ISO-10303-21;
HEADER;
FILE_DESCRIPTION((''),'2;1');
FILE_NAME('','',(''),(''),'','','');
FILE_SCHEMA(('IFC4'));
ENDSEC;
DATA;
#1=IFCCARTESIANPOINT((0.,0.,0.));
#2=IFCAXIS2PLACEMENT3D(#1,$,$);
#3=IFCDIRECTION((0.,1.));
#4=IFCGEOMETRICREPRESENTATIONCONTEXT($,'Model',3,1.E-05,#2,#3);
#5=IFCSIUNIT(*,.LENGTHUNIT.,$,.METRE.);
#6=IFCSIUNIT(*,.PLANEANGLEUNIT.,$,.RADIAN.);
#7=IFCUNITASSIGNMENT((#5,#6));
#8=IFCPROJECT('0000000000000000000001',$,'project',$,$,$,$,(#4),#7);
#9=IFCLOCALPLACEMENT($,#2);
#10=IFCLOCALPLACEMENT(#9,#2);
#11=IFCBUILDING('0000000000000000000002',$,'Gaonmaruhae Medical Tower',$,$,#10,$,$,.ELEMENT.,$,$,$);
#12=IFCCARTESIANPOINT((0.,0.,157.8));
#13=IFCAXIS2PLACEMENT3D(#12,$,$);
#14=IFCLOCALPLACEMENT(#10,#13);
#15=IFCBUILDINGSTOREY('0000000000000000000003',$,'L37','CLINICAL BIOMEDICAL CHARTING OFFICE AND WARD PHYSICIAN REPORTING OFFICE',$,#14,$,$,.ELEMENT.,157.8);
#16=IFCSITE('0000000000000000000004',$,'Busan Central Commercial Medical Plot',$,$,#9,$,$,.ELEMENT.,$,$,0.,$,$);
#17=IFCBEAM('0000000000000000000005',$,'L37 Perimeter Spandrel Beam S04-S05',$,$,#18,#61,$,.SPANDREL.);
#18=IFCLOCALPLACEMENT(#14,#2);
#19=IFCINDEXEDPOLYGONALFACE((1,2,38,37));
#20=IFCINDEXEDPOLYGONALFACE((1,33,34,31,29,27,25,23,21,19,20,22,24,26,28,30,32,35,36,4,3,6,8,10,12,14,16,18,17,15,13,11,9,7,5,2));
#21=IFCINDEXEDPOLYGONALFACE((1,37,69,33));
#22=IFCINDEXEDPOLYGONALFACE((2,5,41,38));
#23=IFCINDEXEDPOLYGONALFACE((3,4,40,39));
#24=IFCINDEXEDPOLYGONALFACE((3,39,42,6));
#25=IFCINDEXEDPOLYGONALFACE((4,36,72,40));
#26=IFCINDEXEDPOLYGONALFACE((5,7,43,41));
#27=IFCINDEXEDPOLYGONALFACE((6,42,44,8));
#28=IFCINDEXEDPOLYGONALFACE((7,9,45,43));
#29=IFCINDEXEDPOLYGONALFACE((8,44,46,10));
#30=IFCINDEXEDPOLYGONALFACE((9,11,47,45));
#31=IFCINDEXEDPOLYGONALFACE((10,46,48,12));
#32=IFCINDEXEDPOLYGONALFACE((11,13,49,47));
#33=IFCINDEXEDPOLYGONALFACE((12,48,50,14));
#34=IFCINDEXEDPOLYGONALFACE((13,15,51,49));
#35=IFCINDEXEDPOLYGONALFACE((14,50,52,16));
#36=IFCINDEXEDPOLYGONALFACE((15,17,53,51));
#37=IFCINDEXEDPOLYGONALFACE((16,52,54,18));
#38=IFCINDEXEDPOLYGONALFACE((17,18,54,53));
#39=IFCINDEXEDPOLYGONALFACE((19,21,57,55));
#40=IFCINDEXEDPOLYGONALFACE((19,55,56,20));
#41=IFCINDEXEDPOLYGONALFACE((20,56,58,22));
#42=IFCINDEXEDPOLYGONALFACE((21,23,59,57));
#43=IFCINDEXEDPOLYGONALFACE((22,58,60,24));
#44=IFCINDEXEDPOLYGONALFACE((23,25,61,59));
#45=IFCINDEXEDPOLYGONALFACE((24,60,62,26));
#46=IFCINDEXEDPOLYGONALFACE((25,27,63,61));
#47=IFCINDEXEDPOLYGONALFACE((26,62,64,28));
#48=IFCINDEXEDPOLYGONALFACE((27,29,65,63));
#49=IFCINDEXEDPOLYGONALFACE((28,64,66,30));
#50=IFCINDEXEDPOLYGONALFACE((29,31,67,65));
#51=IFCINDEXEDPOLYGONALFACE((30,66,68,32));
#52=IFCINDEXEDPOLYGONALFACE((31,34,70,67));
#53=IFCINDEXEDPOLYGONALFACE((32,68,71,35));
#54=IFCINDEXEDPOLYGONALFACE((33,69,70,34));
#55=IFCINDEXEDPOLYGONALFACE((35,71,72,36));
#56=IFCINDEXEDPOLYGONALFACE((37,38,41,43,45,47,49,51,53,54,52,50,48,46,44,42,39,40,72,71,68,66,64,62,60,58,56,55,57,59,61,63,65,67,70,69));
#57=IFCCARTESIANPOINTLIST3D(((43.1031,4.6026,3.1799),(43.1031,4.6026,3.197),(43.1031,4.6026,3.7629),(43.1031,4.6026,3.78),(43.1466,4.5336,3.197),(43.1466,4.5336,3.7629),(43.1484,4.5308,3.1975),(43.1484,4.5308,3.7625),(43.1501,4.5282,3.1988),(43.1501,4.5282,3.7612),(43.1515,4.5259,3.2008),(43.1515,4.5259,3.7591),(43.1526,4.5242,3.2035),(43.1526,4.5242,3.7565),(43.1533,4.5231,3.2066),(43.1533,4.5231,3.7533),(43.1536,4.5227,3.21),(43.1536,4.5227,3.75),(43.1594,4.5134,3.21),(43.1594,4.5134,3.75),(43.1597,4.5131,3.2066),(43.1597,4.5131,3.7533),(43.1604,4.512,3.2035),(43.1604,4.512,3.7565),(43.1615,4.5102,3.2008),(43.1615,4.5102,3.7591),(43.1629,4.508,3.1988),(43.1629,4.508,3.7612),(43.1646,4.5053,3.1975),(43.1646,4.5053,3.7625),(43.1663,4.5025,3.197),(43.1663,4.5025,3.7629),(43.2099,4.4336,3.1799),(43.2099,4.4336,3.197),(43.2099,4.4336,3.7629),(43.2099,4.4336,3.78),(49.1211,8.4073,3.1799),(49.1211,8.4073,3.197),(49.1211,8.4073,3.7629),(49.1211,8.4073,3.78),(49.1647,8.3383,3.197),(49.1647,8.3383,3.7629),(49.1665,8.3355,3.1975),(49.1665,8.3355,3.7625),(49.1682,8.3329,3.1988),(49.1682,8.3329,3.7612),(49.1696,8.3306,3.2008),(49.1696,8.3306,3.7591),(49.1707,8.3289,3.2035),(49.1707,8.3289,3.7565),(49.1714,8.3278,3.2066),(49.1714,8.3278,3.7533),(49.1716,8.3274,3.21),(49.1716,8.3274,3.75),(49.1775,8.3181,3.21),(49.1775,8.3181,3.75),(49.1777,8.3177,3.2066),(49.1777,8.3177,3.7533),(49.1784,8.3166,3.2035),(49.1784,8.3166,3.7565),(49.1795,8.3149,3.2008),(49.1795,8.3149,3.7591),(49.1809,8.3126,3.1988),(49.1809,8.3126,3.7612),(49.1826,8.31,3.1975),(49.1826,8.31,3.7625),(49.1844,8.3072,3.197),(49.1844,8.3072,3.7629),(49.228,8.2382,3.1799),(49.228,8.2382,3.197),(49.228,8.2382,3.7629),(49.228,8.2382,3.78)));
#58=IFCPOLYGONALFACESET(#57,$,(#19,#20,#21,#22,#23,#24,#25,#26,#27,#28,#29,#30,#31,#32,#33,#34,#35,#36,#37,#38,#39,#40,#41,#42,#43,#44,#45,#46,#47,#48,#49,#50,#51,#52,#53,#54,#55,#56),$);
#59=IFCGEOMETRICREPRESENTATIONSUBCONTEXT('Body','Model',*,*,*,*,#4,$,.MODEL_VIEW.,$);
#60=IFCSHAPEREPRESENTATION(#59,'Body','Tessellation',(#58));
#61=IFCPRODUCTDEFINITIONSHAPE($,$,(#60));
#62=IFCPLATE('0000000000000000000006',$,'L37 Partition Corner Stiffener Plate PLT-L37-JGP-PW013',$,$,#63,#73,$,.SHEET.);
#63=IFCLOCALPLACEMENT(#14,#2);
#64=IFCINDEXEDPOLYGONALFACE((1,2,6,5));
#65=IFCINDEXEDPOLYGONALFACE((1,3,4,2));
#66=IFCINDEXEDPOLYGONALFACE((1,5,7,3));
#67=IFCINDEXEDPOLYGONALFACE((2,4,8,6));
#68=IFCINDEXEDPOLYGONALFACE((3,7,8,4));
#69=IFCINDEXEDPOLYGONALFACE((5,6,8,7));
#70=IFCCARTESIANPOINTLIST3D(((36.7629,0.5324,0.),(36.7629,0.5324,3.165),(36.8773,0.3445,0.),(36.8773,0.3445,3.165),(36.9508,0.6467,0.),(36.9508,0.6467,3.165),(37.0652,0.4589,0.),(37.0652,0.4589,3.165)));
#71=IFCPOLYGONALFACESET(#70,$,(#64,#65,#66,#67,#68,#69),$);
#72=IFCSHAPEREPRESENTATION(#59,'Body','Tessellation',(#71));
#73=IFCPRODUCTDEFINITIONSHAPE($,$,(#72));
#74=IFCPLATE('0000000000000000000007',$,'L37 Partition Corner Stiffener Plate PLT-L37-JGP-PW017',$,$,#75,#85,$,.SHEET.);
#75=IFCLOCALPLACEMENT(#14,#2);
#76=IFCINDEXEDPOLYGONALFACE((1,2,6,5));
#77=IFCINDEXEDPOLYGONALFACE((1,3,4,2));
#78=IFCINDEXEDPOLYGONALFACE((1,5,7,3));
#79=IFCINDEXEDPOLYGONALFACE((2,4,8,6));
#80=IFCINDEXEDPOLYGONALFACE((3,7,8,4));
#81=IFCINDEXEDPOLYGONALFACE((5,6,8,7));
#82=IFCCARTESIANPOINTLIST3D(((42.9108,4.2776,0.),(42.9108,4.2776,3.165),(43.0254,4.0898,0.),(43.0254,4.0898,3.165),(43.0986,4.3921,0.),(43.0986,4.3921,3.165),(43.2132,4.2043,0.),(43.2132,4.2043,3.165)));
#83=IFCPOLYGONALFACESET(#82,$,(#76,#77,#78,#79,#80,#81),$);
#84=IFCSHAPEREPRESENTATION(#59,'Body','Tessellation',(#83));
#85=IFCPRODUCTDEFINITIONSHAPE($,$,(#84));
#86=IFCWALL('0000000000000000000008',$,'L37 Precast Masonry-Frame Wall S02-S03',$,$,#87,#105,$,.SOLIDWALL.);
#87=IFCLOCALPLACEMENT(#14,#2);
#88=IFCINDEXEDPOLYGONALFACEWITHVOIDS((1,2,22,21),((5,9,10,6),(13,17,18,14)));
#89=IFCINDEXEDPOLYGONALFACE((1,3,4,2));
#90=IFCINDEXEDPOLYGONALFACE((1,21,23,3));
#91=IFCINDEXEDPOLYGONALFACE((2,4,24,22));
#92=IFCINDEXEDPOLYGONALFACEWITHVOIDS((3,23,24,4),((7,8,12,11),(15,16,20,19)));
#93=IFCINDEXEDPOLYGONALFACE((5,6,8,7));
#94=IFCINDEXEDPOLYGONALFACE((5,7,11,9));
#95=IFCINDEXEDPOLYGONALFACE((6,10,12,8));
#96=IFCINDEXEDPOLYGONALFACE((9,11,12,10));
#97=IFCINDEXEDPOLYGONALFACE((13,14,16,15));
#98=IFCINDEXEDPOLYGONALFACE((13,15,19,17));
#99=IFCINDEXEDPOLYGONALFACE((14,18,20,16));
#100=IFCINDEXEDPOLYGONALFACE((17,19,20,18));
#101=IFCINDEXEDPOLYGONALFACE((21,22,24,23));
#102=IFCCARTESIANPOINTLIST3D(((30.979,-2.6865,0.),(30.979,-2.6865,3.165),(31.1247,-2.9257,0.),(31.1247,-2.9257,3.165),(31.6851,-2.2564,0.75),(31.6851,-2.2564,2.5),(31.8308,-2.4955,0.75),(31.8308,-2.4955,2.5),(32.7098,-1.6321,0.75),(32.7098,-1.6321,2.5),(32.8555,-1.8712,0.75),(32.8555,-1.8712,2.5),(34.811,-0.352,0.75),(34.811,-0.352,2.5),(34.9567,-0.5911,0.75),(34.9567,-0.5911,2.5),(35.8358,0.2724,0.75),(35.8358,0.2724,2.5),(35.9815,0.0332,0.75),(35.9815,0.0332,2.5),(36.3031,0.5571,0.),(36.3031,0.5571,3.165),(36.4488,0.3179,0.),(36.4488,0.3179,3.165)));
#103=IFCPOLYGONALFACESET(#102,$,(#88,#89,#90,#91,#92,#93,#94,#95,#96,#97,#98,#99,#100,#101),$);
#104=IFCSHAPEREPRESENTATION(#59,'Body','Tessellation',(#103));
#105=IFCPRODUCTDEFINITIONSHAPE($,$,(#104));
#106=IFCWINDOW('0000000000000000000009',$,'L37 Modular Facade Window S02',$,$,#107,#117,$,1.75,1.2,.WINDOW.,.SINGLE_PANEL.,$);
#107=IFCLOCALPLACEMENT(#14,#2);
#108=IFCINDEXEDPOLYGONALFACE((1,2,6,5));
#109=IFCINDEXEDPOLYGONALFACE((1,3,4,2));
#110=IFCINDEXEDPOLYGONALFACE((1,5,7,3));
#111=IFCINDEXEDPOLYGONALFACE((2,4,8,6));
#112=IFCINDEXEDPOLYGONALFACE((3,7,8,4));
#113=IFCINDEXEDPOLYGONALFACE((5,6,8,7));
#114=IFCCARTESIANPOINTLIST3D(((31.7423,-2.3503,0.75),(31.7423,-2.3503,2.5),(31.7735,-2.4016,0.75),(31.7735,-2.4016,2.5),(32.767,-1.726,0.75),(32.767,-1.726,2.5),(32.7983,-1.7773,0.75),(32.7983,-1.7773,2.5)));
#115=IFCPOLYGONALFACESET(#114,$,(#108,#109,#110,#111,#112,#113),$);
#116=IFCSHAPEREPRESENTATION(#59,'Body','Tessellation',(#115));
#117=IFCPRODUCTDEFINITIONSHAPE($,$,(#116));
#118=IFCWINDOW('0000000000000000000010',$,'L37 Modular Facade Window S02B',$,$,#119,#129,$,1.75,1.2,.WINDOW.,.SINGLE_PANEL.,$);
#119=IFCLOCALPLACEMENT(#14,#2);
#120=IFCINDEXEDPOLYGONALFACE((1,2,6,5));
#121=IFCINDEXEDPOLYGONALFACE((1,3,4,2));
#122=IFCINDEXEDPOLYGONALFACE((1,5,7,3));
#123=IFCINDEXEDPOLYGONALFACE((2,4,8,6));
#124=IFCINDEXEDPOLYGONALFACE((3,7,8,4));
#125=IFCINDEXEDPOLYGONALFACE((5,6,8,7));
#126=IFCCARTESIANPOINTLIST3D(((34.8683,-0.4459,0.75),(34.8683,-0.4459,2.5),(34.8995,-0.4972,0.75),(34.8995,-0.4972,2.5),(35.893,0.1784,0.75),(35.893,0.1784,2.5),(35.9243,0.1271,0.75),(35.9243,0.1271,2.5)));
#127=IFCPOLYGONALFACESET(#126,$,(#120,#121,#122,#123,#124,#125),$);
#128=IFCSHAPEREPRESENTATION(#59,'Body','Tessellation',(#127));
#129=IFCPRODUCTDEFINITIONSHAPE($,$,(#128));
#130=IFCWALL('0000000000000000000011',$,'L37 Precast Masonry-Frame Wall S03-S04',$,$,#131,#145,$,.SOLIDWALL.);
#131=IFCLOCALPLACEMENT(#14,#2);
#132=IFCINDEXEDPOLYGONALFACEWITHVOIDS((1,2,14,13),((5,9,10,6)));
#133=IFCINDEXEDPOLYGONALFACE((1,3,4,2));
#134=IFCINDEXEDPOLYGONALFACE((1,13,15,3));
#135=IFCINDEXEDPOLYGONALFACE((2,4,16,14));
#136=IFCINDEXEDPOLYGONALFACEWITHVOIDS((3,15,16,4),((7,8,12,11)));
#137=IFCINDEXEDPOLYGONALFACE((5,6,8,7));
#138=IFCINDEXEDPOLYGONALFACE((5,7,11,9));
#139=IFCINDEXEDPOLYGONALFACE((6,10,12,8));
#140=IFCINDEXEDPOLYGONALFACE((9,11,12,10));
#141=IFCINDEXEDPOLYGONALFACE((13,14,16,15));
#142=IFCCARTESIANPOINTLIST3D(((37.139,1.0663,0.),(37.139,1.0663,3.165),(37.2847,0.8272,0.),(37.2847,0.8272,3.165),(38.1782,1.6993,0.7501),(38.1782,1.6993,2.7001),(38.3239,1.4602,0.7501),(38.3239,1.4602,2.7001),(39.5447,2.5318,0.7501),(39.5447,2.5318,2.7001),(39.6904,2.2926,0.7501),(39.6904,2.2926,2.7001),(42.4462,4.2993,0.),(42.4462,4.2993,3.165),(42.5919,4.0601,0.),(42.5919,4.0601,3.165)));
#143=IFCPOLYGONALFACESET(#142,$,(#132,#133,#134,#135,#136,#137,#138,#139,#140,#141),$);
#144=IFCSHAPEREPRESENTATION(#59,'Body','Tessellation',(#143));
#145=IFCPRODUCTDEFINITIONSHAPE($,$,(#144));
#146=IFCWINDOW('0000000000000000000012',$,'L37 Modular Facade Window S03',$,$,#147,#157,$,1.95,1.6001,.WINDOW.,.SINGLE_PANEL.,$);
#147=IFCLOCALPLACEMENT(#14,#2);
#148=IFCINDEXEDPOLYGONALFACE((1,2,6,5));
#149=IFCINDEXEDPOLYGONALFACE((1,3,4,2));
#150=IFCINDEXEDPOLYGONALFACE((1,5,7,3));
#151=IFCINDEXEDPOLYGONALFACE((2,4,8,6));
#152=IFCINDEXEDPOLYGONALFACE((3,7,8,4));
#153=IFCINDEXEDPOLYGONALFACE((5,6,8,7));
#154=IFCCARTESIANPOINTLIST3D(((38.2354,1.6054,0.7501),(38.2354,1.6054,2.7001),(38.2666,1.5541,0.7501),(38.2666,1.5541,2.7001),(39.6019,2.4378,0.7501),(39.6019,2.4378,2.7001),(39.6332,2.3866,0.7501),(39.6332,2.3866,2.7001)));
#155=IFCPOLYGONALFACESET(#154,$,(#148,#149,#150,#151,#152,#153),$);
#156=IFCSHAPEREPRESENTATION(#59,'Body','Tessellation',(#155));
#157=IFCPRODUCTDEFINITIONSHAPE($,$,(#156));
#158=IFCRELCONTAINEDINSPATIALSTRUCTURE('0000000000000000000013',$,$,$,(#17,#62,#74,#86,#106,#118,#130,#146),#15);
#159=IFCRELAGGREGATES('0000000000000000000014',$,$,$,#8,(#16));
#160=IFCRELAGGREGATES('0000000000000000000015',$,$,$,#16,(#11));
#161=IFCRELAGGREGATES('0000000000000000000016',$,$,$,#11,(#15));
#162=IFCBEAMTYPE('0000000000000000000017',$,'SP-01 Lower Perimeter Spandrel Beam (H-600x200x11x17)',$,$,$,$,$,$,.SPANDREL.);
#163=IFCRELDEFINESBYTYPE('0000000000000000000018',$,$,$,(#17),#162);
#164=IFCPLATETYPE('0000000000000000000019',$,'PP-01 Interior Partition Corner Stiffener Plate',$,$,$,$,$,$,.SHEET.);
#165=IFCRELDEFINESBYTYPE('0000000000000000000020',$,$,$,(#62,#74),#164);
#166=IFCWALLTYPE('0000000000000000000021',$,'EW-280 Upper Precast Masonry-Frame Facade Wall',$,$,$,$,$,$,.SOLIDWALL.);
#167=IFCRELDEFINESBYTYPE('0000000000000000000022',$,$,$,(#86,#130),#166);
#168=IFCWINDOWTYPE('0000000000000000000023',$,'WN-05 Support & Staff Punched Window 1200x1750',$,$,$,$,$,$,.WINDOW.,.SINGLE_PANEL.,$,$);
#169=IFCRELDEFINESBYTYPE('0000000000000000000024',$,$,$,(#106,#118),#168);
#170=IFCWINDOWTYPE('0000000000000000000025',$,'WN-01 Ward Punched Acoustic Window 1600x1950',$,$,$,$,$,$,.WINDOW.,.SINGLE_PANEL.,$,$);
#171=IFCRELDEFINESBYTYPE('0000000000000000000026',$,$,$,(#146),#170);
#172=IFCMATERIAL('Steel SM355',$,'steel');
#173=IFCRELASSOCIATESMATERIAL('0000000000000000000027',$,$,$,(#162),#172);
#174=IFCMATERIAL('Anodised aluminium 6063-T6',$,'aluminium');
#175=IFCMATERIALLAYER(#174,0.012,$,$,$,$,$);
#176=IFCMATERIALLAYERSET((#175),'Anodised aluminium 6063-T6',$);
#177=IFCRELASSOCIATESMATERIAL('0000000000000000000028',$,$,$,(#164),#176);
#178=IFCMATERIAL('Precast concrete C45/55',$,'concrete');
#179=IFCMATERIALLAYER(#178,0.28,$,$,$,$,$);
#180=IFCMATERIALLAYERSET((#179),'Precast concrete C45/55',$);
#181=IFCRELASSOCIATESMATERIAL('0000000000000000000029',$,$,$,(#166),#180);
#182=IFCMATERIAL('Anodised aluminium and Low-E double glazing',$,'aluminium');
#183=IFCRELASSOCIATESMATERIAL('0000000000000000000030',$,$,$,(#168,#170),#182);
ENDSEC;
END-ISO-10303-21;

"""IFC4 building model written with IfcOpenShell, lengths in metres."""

from ifc_helpers import new_model, si_unit, direction, frame, frame_2d, origin, origin_2d, place, context, subcontext, project, spatial, rectangle, i_section, extrude, material, layer, layer_set, material_profile, profile_set, type_object, element, fill, save


model = new_model("IFC4")

# Units and contexts
model_context = context("Model", 3, precision=1e-05, world=origin(), true_north=direction((0.0, 1.0)))
body_context = subcontext(model_context, "Body", "Model", "MODEL_VIEW")
ifc_project = project(units=[si_unit("LENGTHUNIT", "METRE"), si_unit("PLANEANGLEUNIT", "RADIAN")], contexts=[model_context])

# Site, building, storey
site_placement = place(None, origin())
site = spatial("IfcSite", under=ifc_project, at=site_placement, Name="Busan Central Commercial Medical Plot", CompositionType="ELEMENT", RefElevation=0.0)
building_placement = place(site_placement, origin())
building = spatial("IfcBuilding", under=site, at=building_placement, Name="Gaonmaruhae Medical Tower", CompositionType="ELEMENT")
storey_placement = place(building_placement, frame((0.0, 0.0, 157.8)))
storey = spatial("IfcBuildingStorey", under=building, at=storey_placement, Name="L37", Description="CLINICAL BIOMEDICAL CHARTING OFFICE AND WARD PHYSICIAN REPORTING OFFICE", CompositionType="ELEMENT", Elevation=157.8)

# Beam
ifc_material_1 = material(Name="Steel SM355", Category="steel")
ifc_material_profile_1 = material_profile(ifc_material_1, i_section(OverallWidth=0.2, OverallDepth=0.6001, WebThickness=0.011, FlangeThickness=0.0171, FilletRadius=0.0129, at=origin_2d()), Name="H-600x200x11x17")
ifc_profile_set_1 = profile_set([ifc_material_profile_1], Name="Steel SM355")
beam_type_1 = type_object("IfcBeamType", Name="SP-01 Lower Perimeter Spandrel Beam (H-600x200x11x17)", PredefinedType="SPANDREL", material=ifc_profile_set_1)
beam_1_placement = place(storey_placement, frame((43.1565, 4.5181, 3.48), z_axis=(0.845248, 0.534375, 0.0), x_axis=(-0.534375, 0.845248, 0.0)))
element("IfcBeam", 1, at=beam_1_placement, inside=storey, type_object=beam_type_1, Name="L37 Perimeter Spandrel Beam S04-S05", PredefinedType="SPANDREL", context=body_context, shape_type="SweptSolid", body=[
    extrude(i_section(OverallWidth=0.2, OverallDepth=0.6001, WebThickness=0.011, FlangeThickness=0.0171, FilletRadius=0.0129, at=origin_2d()), origin(), (0.0, 0.0, 1.0), 7.1199),
])

# Plates
ifc_material_2 = material(Name="Anodised aluminium 6063-T6", Category="aluminium")
ifc_layer_1 = layer(ifc_material_2, 0.012)
ifc_layer_set_1 = layer_set([ifc_layer_1], Name="Anodised aluminium 6063-T6")
plate_type = type_object("IfcPlateType", Name="PP-01 Interior Partition Corner Stiffener Plate", PredefinedType="SHEET", material=ifc_layer_set_1)
for number, where, z_axis, x_axis, name in (
    (2, (36.9141, 0.4956, 0.0), (0.0, 0.0, 1.0), (-0.854141, -0.520041, 0.0), "L37 Partition Corner Stiffener Plate PLT-L37-JGP-PW013"),
    (3, (43.062, 4.241, 0.0), (0.0, 0.0, 1.0), (-0.853733, -0.520712, 0.0), "L37 Partition Corner Stiffener Plate PLT-L37-JGP-PW017"),
):
    element("IfcPlate", number, at=place(storey_placement, frame(where, z_axis=z_axis, x_axis=x_axis)), inside=storey, type_object=plate_type, Name=name, PredefinedType="SHEET", context=body_context, shape_type="SweptSolid", body=[
        extrude(rectangle(XDim=0.22, YDim=0.22, at=origin_2d()), origin(), (0.0, 0.0, 1.0), 3.165),
    ])

# Wall, openings, windows
ifc_material_3 = material(Name="Precast concrete C45/55", Category="concrete")
ifc_layer_2 = layer(ifc_material_3, 0.28)
ifc_layer_set_2 = layer_set([ifc_layer_2], Name="Precast concrete C45/55")
wall_type_1 = type_object("IfcWallType", Name="EW-280 Upper Precast Masonry-Frame Facade Wall", PredefinedType="SOLIDWALL", material=ifc_layer_set_2)
wall_1_placement = place(storey_placement, frame((36.376, 0.4375, 0.0), z_axis=(0.0, 0.0, 1.0), x_axis=(-0.853997, -0.520277, 0.0)))
wall_1 = element("IfcWall", 4, at=wall_1_placement, inside=storey, type_object=wall_type_1, Name="L37 Precast Masonry-Frame Wall S02-S03", PredefinedType="SOLIDWALL", context=body_context, shape_type="SweptSolid", body=[
    extrude(rectangle(XDim=6.2344, YDim=0.28, at=frame_2d((3.1172, 0.0))), origin(), (0.0, 0.0, 1.0), 3.165),
])
opening_1_placement = place(wall_1_placement, frame((4.2075, 0.0, 0.75)))
opening_1 = element("IfcOpeningElement", 5, at=opening_1_placement, cuts=wall_1, PredefinedType="OPENING", context=body_context, shape_type="SweptSolid", body=[
    extrude(rectangle(XDim=1.2, YDim=1.75, at=frame_2d((0.6001, 0.875))), frame((0.0, 0.1499, 0.0), z_axis=(0.0, -1.0, 0.0), x_axis=(1.0, 0.0, 0.0)), (0.0, 0.0, 1.0), 0.3),
])
opening_2_placement = place(wall_1_placement, frame((0.5471, 0.0, 0.75)))
opening_2 = element("IfcOpeningElement", 6, at=opening_2_placement, cuts=wall_1, PredefinedType="OPENING", context=body_context, shape_type="SweptSolid", body=[
    extrude(rectangle(XDim=1.2, YDim=1.75, at=frame_2d((0.6001, 0.875))), frame((0.0, 0.1499, 0.0), z_axis=(0.0, -1.0, 0.0), x_axis=(1.0, 0.0, 0.0)), (0.0, 0.0, 1.0), 0.3),
])
ifc_material_4 = material(Name="Anodised aluminium and Low-E double glazing", Category="aluminium")
window_type_1 = type_object("IfcWindowType", Name="WN-05 Support & Staff Punched Window 1200x1750", PartitioningType="SINGLE_PANEL", PredefinedType="WINDOW", material=ifc_material_4)
window_1_placement = place(opening_1_placement, origin())
window_1 = element("IfcWindow", 7, at=window_1_placement, inside=storey, type_object=window_type_1, Name="L37 Modular Facade Window S02", OverallHeight=1.75, OverallWidth=1.2, PartitioningType="SINGLE_PANEL", PredefinedType="WINDOW", context=body_context, shape_type="SweptSolid", body=[
    extrude(rectangle(XDim=1.2, YDim=1.75, at=frame_2d((0.6001, 0.875))), frame((0.0, 0.03, 0.0), z_axis=(0.0, -1.0, 0.0), x_axis=(1.0, 0.0, 0.0)), (0.0, 0.0, 1.0), 0.0601),
])
fill(opening_1, window_1)
window_2_placement = place(opening_2_placement, origin())
window_2 = element("IfcWindow", 8, at=window_2_placement, inside=storey, type_object=window_type_1, Name="L37 Modular Facade Window S02B", OverallHeight=1.75, OverallWidth=1.2, PartitioningType="SINGLE_PANEL", PredefinedType="WINDOW", context=body_context, shape_type="SweptSolid", body=[
    extrude(rectangle(XDim=1.2, YDim=1.75, at=frame_2d((0.6001, 0.875))), frame((0.0, 0.03, 0.0), z_axis=(0.0, -1.0, 0.0), x_axis=(1.0, 0.0, 0.0)), (0.0, 0.0, 1.0), 0.0601),
])
fill(opening_2, window_2)

# Wall, opening, window
wall_2_placement = place(storey_placement, frame((42.519, 4.1797, 0.0), z_axis=(0.0, 0.0, 1.0), x_axis=(-0.854021, -0.520239, 0.0)))
wall_2 = element("IfcWall", 9, at=wall_2_placement, inside=storey, type_object=wall_type_1, Name="L37 Precast Masonry-Frame Wall S03-S04", PredefinedType="SOLIDWALL", context=body_context, shape_type="SweptSolid", body=[
    extrude(rectangle(XDim=6.2144, YDim=0.28, at=frame_2d((3.1072, 0.0))), origin(), (0.0, 0.0, 1.0), 3.165),
])
opening_3_placement = place(wall_2_placement, frame((3.3975, 0.0, 0.75)))
opening_3 = element("IfcOpeningElement", 10, at=opening_3_placement, cuts=wall_2, PredefinedType="OPENING", context=body_context, shape_type="SweptSolid", body=[
    extrude(rectangle(XDim=1.6001, YDim=1.95, at=frame_2d((0.8, 0.9751))), frame((0.0, 0.1499, 0.0), z_axis=(0.0, -1.0, 0.0), x_axis=(1.0, 0.0, 0.0)), (0.0, 0.0, 1.0), 0.3),
])
window_type_2 = type_object("IfcWindowType", Name="WN-01 Ward Punched Acoustic Window 1600x1950", PartitioningType="SINGLE_PANEL", PredefinedType="WINDOW", material=ifc_material_4)
window_3_placement = place(opening_3_placement, origin())
window_3 = element("IfcWindow", 11, at=window_3_placement, inside=storey, type_object=window_type_2, Name="L37 Modular Facade Window S03", OverallHeight=1.95, OverallWidth=1.6001, PartitioningType="SINGLE_PANEL", PredefinedType="WINDOW", context=body_context, shape_type="SweptSolid", body=[
    extrude(rectangle(XDim=1.6001, YDim=1.95, at=frame_2d((0.8, 0.9751))), frame((0.0, 0.03, 0.0), z_axis=(0.0, -1.0, 0.0), x_axis=(1.0, 0.0, 0.0)), (0.0, 0.0, 1.0), 0.0601),
])
fill(opening_3, window_3)

save(model, "model.ifc")
